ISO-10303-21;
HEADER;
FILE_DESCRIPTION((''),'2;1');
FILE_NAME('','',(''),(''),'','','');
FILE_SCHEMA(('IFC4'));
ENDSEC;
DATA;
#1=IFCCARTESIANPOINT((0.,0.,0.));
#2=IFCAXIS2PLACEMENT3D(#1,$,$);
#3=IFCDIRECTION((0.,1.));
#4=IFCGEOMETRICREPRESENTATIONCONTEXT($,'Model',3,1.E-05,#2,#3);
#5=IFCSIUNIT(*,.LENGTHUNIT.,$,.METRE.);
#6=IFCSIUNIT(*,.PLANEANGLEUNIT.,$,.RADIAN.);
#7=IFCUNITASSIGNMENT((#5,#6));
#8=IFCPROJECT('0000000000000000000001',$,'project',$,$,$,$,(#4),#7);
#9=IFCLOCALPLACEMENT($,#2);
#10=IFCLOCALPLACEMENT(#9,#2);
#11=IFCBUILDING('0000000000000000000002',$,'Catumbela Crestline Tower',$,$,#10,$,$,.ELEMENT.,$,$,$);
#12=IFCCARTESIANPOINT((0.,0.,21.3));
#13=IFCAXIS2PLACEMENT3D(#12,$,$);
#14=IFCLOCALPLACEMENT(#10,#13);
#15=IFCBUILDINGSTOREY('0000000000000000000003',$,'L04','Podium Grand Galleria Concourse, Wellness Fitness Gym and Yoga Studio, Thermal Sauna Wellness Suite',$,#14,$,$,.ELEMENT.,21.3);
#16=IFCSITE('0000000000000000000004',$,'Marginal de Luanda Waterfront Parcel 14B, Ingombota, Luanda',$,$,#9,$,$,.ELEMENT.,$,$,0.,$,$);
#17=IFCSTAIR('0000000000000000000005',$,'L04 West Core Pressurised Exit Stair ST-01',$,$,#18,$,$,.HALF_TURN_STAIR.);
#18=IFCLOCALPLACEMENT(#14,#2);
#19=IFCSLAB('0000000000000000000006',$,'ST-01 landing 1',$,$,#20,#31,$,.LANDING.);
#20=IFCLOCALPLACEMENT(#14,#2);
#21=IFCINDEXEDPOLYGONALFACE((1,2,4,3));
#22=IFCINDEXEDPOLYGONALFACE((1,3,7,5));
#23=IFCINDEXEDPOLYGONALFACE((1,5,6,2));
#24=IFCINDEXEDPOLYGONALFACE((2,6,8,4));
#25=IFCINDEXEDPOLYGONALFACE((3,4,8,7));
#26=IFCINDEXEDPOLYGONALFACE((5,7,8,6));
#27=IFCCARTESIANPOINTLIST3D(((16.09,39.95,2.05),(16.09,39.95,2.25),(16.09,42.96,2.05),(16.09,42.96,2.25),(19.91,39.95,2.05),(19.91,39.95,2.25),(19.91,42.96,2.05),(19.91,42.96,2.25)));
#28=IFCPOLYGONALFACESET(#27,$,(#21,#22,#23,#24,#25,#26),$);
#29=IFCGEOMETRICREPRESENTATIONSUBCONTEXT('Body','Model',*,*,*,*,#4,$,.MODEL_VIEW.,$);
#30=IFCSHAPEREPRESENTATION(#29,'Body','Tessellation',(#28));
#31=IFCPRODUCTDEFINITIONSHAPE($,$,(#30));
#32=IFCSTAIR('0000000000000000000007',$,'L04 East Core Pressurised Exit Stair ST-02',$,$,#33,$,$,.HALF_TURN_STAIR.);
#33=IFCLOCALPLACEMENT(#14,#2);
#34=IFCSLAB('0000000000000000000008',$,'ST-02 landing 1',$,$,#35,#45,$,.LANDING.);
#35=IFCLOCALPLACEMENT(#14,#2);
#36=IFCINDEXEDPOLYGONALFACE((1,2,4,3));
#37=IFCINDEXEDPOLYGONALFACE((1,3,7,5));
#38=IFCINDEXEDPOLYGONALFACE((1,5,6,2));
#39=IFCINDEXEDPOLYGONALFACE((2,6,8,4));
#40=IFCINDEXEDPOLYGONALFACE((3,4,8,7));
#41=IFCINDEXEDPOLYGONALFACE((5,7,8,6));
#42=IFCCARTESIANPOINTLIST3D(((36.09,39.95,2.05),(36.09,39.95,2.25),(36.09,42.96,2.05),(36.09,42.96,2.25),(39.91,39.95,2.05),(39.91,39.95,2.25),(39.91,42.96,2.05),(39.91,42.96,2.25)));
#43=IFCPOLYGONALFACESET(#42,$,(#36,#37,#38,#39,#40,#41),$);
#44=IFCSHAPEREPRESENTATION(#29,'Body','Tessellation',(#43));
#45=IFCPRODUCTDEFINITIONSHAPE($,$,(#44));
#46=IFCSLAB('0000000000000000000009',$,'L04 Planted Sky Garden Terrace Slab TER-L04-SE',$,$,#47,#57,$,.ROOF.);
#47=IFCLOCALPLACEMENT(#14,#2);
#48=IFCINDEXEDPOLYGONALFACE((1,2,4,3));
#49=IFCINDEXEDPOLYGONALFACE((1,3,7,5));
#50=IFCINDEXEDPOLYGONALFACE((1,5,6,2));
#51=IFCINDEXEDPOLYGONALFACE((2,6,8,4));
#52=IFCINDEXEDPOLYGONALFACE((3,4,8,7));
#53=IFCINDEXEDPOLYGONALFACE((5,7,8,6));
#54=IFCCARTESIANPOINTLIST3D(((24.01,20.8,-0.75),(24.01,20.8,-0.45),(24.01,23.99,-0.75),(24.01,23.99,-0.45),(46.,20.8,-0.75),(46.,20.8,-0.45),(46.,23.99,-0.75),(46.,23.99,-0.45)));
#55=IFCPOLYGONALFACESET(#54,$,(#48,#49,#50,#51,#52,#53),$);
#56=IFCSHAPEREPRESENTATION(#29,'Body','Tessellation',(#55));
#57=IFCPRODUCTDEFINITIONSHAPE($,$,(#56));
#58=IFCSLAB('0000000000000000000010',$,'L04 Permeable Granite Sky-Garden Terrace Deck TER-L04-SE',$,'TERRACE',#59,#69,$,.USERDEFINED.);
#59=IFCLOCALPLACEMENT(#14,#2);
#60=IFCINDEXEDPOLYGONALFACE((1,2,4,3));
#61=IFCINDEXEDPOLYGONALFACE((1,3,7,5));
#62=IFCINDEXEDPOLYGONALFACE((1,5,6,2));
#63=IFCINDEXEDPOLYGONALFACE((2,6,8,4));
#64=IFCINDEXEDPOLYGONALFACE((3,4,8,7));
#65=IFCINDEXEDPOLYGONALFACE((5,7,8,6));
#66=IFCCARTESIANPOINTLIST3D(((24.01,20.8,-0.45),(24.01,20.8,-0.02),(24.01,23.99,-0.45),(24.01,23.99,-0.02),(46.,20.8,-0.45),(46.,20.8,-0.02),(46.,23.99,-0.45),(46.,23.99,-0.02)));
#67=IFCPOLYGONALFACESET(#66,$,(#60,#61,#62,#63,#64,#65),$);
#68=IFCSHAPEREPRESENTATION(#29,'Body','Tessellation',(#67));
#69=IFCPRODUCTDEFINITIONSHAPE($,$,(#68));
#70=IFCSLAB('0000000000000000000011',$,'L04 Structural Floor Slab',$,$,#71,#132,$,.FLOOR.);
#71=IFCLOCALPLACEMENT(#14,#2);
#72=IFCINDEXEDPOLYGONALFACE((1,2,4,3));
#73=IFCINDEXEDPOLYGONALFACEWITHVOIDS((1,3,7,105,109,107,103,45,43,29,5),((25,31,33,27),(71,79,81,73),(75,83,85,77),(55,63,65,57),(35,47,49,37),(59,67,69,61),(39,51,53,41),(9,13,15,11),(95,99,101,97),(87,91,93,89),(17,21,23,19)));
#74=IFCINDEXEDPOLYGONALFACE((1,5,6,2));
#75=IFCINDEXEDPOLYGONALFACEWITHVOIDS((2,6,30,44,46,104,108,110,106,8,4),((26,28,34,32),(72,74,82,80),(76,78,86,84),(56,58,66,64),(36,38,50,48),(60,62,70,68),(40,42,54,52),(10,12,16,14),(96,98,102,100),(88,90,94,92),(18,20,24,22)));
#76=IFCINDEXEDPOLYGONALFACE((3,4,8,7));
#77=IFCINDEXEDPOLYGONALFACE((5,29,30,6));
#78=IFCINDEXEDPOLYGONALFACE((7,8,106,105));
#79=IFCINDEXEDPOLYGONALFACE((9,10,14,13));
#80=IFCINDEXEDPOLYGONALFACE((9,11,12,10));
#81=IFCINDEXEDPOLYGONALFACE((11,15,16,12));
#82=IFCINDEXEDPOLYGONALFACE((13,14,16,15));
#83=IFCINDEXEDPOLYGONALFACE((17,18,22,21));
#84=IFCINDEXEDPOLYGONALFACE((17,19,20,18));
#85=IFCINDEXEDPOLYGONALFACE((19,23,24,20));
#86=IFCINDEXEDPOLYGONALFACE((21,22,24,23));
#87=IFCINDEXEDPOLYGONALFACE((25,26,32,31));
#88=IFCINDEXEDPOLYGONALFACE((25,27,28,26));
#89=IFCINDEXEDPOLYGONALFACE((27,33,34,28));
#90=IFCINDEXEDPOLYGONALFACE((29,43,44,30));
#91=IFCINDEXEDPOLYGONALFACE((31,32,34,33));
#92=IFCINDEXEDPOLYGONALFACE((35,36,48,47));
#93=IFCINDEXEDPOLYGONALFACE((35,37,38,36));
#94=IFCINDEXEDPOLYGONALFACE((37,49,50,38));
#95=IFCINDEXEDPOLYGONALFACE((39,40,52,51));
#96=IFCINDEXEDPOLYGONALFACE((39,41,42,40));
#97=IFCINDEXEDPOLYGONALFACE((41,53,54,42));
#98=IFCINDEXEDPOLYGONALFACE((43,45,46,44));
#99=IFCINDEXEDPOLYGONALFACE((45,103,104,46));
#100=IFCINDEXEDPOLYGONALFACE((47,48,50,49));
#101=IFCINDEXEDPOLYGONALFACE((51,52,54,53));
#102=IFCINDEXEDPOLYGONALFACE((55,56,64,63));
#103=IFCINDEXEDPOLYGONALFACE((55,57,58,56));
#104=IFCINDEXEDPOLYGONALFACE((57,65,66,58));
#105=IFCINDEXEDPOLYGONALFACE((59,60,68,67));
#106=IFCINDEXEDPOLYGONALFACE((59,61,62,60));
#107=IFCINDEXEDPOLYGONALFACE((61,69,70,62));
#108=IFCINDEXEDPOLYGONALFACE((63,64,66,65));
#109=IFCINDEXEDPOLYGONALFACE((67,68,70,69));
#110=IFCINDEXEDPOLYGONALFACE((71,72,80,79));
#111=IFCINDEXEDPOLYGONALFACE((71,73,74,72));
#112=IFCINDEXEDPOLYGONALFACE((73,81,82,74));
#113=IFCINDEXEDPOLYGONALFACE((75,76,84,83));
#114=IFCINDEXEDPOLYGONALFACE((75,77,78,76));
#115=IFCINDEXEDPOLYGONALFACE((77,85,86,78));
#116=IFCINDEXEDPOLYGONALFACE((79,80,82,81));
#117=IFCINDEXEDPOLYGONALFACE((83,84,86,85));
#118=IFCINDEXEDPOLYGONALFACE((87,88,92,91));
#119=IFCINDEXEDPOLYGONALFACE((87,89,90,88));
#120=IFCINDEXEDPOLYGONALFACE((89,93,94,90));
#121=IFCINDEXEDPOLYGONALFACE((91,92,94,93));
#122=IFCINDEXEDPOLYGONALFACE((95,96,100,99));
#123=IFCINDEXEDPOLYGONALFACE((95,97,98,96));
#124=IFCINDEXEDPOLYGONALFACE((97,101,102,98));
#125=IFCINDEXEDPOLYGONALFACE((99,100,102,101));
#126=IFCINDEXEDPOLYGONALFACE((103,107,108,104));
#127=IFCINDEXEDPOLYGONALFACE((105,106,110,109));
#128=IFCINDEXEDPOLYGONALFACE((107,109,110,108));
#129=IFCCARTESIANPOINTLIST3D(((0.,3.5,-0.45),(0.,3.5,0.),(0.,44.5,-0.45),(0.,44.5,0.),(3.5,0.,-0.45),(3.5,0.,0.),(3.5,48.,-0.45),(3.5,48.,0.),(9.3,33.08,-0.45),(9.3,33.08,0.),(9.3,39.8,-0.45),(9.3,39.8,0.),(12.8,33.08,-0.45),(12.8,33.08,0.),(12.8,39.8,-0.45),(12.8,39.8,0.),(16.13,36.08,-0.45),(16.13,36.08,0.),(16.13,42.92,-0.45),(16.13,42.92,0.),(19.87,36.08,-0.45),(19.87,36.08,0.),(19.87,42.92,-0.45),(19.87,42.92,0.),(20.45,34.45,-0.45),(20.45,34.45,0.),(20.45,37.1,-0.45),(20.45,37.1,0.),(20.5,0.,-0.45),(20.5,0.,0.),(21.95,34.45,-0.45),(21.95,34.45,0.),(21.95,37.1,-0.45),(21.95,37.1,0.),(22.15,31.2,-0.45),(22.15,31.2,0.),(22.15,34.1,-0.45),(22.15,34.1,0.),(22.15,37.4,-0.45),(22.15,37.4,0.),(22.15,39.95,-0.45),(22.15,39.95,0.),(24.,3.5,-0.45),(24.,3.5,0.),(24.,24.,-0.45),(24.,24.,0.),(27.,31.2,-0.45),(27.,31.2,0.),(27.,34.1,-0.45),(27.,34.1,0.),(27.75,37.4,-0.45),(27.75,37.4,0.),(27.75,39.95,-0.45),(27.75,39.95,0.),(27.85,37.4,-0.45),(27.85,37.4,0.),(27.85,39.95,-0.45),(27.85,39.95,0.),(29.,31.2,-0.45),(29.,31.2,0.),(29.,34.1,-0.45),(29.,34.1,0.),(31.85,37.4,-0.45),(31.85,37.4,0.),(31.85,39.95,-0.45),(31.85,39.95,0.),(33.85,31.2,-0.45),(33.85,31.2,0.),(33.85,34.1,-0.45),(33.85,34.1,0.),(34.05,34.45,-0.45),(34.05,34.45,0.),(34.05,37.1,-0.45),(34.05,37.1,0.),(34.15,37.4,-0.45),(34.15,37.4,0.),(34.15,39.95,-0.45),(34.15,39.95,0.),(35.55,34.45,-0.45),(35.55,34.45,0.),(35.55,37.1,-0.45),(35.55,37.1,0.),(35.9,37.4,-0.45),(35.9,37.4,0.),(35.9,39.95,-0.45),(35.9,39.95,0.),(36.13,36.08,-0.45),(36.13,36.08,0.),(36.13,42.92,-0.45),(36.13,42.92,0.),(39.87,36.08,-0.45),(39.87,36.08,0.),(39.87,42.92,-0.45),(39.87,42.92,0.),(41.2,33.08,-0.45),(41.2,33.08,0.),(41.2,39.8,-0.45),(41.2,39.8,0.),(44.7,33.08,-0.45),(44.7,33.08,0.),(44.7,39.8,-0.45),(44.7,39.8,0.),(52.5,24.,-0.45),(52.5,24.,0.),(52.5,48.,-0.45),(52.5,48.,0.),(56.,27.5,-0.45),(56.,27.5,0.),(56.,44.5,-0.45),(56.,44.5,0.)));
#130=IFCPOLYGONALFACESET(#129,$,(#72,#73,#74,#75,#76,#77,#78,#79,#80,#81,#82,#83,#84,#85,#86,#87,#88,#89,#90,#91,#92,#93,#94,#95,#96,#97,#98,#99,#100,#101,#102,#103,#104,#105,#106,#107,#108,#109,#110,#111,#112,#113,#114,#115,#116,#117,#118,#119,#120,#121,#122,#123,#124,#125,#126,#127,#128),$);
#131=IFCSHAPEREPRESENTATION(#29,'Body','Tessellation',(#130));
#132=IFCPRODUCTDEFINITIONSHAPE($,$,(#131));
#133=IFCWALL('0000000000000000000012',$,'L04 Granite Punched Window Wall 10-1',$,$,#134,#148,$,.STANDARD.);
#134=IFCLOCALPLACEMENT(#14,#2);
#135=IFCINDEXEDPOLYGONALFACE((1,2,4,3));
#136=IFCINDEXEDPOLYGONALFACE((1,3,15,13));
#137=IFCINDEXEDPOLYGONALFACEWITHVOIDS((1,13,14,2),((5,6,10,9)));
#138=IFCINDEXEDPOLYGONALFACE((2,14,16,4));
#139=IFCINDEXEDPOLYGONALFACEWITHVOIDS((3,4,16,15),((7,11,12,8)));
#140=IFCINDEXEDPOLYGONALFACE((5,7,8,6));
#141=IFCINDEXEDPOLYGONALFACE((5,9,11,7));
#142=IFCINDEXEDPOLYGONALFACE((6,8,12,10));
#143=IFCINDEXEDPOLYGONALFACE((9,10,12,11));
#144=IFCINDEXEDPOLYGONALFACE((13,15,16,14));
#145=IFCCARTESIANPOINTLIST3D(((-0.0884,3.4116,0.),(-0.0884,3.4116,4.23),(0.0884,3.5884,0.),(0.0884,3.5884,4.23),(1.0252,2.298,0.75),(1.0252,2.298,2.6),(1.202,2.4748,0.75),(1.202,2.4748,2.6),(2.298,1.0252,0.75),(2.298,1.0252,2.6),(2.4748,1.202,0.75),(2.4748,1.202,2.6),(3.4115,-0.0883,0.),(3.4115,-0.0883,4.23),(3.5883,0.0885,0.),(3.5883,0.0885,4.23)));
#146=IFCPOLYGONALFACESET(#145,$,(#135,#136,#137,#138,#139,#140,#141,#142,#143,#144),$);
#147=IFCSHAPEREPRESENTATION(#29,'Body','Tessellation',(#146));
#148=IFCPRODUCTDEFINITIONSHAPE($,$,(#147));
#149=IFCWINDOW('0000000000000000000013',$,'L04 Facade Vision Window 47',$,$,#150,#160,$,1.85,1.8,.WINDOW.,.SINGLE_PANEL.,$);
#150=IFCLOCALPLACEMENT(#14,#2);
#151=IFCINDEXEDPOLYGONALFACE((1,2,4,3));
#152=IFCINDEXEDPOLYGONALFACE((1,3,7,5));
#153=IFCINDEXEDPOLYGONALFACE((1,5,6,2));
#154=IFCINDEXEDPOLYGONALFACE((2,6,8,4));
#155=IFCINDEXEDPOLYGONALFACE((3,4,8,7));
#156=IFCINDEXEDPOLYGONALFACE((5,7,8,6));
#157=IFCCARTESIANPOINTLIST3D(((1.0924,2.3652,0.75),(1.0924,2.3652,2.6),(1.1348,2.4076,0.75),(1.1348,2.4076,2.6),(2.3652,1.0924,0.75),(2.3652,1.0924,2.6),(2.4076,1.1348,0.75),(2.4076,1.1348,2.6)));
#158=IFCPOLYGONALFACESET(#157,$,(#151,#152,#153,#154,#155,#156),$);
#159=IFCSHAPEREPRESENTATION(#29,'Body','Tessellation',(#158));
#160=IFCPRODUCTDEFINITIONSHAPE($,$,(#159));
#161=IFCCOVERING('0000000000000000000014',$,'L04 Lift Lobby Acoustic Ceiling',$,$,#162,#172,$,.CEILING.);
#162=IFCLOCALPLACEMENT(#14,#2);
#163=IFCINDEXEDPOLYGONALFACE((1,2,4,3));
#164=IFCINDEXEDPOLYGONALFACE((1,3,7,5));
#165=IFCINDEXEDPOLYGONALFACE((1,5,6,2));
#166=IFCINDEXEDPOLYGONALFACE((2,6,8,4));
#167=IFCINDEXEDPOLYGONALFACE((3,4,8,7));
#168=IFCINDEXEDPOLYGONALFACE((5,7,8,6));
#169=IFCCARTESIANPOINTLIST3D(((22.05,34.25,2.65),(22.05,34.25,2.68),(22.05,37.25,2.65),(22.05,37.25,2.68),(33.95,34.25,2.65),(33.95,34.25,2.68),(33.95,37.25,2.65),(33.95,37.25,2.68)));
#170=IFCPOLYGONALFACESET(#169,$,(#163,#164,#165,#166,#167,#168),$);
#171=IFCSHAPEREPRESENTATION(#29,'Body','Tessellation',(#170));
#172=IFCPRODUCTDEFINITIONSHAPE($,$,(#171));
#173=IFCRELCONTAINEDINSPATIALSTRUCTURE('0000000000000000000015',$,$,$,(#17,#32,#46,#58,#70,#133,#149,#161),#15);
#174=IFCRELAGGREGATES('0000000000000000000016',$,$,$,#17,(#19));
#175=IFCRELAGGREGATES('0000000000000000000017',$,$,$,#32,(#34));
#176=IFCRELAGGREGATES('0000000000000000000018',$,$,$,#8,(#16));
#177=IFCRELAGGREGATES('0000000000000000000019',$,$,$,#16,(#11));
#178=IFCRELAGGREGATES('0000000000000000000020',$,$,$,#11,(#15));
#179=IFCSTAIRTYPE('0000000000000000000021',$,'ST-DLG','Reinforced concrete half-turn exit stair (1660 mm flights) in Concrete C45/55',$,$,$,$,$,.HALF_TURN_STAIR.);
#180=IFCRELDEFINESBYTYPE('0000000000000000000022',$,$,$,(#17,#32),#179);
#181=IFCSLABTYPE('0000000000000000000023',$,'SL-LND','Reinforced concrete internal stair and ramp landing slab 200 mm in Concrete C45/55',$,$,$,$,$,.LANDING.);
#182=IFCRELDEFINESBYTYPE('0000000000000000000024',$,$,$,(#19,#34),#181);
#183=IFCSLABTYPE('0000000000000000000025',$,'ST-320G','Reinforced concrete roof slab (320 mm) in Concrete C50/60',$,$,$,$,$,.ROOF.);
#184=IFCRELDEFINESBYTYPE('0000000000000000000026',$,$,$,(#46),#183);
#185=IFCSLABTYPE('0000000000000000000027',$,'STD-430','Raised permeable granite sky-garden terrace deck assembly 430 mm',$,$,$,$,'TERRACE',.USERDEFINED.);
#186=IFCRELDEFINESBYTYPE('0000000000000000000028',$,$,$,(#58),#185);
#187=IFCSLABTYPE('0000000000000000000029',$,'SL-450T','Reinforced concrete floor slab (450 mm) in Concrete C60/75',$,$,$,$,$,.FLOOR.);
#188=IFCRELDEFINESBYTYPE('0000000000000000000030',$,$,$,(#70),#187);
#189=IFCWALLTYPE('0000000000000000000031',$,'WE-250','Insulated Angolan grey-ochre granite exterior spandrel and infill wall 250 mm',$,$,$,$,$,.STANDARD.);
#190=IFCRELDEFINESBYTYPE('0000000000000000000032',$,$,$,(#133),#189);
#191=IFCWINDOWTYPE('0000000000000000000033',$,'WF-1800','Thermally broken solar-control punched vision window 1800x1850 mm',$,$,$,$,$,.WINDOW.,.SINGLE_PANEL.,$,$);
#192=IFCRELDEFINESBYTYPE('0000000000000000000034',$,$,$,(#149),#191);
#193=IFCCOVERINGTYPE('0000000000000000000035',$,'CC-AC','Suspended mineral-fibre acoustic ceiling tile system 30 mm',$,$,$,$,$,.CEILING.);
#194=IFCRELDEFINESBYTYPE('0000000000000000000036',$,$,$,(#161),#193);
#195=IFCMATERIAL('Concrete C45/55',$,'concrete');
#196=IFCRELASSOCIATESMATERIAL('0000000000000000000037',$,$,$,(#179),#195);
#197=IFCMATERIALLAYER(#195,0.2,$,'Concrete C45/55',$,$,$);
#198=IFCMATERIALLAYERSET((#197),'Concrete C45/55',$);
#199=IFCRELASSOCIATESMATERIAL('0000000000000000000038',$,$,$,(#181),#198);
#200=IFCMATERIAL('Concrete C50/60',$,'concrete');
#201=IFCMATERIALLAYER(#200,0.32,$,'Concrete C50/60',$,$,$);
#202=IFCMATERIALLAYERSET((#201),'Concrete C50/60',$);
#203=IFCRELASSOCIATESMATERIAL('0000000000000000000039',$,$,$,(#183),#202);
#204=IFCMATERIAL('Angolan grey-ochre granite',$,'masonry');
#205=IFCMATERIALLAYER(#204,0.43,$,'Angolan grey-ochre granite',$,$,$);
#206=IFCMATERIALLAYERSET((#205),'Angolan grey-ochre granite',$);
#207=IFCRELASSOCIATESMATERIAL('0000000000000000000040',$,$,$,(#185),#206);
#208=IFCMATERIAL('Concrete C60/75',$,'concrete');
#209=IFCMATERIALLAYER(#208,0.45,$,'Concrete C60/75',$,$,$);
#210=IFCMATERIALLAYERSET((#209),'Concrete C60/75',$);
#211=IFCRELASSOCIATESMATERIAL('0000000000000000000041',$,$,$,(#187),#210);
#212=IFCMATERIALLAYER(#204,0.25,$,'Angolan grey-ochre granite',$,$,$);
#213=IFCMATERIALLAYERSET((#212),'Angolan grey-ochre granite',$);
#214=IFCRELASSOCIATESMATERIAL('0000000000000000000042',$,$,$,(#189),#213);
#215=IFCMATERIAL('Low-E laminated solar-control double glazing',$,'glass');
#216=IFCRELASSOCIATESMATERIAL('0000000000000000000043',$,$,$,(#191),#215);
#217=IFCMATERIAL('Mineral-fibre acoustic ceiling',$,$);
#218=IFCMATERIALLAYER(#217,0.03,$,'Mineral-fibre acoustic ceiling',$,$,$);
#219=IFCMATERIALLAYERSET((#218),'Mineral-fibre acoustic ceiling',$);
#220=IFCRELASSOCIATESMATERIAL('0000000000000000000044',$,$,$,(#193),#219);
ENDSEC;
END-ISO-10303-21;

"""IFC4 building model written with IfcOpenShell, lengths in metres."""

from ifc_helpers import new_model, si_unit, direction, frame, frame_2d, origin, place, context, subcontext, project, spatial, polyline, rectangle, outline, extrude, material, layer, layer_set, type_object, element, fill, aggregate, save


model = new_model("IFC4")

# Units and contexts
model_context = context("Model", 3, precision=1e-05, world=origin(), true_north=direction((0.0, 1.0)))
body_context = subcontext(model_context, "Body", "Model", "MODEL_VIEW")
ifc_project = project(units=[si_unit("LENGTHUNIT", "METRE"), si_unit("PLANEANGLEUNIT", "RADIAN")], contexts=[model_context])

# Site, building, storey
site_placement = place(None, origin())
site = spatial("IfcSite", under=ifc_project, at=site_placement, Name="Marginal de Luanda Waterfront Parcel 14B, Ingombota, Luanda", CompositionType="ELEMENT", RefElevation=0.0)
building_placement = place(site_placement, origin())
building = spatial("IfcBuilding", under=site, at=building_placement, Name="Catumbela Crestline Tower", CompositionType="ELEMENT")
storey_placement = place(building_placement, frame((0.0, 0.0, 21.3)))
storey = spatial("IfcBuildingStorey", under=building, at=storey_placement, Name="L04", Description="Podium Grand Galleria Concourse, Wellness Fitness Gym and Yoga Studio, Thermal Sauna Wellness Suite", CompositionType="ELEMENT", Elevation=21.3)

# Stairs, slabs
ifc_material_1 = material(Name="Concrete C45/55", Category="concrete")
stair_type = type_object("IfcStairType", Name="ST-DLG", Description="Reinforced concrete half-turn exit stair (1660 mm flights) in Concrete C45/55", PredefinedType="HALF_TURN_STAIR", material=ifc_material_1)
stair_1_placement = place(storey_placement, origin())
stair_1 = element("IfcStair", 1, at=stair_1_placement, inside=storey, type_object=stair_type, Name="L04 West Core Pressurised Exit Stair ST-01", PredefinedType="HALF_TURN_STAIR")
ifc_layer_1 = layer(ifc_material_1, 0.2, Name="Concrete C45/55")
ifc_layer_set_1 = layer_set([ifc_layer_1], Name="Concrete C45/55")
slab_type_1 = type_object("IfcSlabType", Name="SL-LND", Description="Reinforced concrete internal stair and ramp landing slab 200 mm in Concrete C45/55", PredefinedType="LANDING", material=ifc_layer_set_1)
slab_1_placement = place(storey_placement, frame((0.0, 0.0, 2.05)))
slab_1 = element("IfcSlab", 2, at=slab_1_placement, type_object=slab_type_1, Name="ST-01 landing 1", PredefinedType="LANDING", context=body_context, shape_type="SweptSolid", body=[
    extrude(outline(polyline([(19.91, 39.95), (19.91, 42.96), (16.09, 42.96), (16.09, 39.95), (19.91, 39.95)])), origin(), (0.0, 0.0, 1.0), 0.2),
])
aggregate(stair_1, [slab_1])
stair_2_placement = place(storey_placement, origin())
stair_2 = element("IfcStair", 3, at=stair_2_placement, inside=storey, type_object=stair_type, Name="L04 East Core Pressurised Exit Stair ST-02", PredefinedType="HALF_TURN_STAIR")
slab_2_placement = place(storey_placement, frame((0.0, 0.0, 2.05)))
slab_2 = element("IfcSlab", 4, at=slab_2_placement, type_object=slab_type_1, Name="ST-02 landing 1", PredefinedType="LANDING", context=body_context, shape_type="SweptSolid", body=[
    extrude(outline(polyline([(39.91, 39.95), (39.91, 42.96), (36.09, 42.96), (36.09, 39.95), (39.91, 39.95)])), origin(), (0.0, 0.0, 1.0), 0.2),
])
aggregate(stair_2, [slab_2])

# Slabs
ifc_material_2 = material(Name="Concrete C50/60", Category="concrete")
ifc_layer_2 = layer(ifc_material_2, 0.32, Name="Concrete C50/60")
ifc_layer_set_2 = layer_set([ifc_layer_2], Name="Concrete C50/60")
slab_type_2 = type_object("IfcSlabType", Name="ST-320G", Description="Reinforced concrete roof slab (320 mm) in Concrete C50/60", PredefinedType="ROOF", material=ifc_layer_set_2)
slab_3_placement = place(storey_placement, frame((0.0, 0.0, -0.75)))
element("IfcSlab", 5, at=slab_3_placement, inside=storey, type_object=slab_type_2, Name="L04 Planted Sky Garden Terrace Slab TER-L04-SE", PredefinedType="ROOF", context=body_context, shape_type="SweptSolid", body=[
    extrude(outline(polyline([(24.01, 20.8), (46.0, 20.8), (46.0, 23.99), (24.01, 23.99), (24.01, 20.8)])), origin(), (0.0, 0.0, 1.0), 0.3),
])
ifc_material_3 = material(Name="Angolan grey-ochre granite", Category="masonry")
ifc_layer_3 = layer(ifc_material_3, 0.43, Name="Angolan grey-ochre granite")
ifc_layer_set_3 = layer_set([ifc_layer_3], Name="Angolan grey-ochre granite")
slab_type_3 = type_object("IfcSlabType", Name="STD-430", Description="Raised permeable granite sky-garden terrace deck assembly 430 mm", ElementType="TERRACE", PredefinedType="USERDEFINED", material=ifc_layer_set_3)
slab_4_placement = place(storey_placement, frame((0.0, 0.0, -0.45)))
element("IfcSlab", 6, at=slab_4_placement, inside=storey, type_object=slab_type_3, Name="L04 Permeable Granite Sky-Garden Terrace Deck TER-L04-SE", ObjectType="TERRACE", PredefinedType="USERDEFINED", context=body_context, shape_type="SweptSolid", body=[
    extrude(outline(polyline([(24.01, 20.8), (46.0, 20.8), (46.0, 23.99), (24.01, 23.99), (24.01, 20.8)])), origin(), (0.0, 0.0, 1.0), 0.43),
])
ifc_material_4 = material(Name="Concrete C60/75", Category="concrete")
ifc_layer_4 = layer(ifc_material_4, 0.45, Name="Concrete C60/75")
ifc_layer_set_4 = layer_set([ifc_layer_4], Name="Concrete C60/75")
slab_type_4 = type_object("IfcSlabType", Name="SL-450T", Description="Reinforced concrete floor slab (450 mm) in Concrete C60/75", PredefinedType="FLOOR", material=ifc_layer_set_4)
slab_5_placement = place(storey_placement, frame((0.0, 0.0, -0.45)))
element("IfcSlab", 7, at=slab_5_placement, inside=storey, type_object=slab_type_4, Name="L04 Structural Floor Slab", PredefinedType="FLOOR", context=body_context, shape_type="SweptSolid", body=[
    extrude(outline(polyline([(3.5, 0.0), (20.5, 0.0), (24.0, 3.5), (24.0, 24.0), (52.5, 24.0), (56.0, 27.5), (56.0, 44.5), (52.5, 48.0), (3.5, 48.0), (0.0, 44.5), (0.0, 3.5), (3.5, 0.0)]), holes=[polyline([(16.13, 36.08), (19.87, 36.08), (19.87, 42.92), (16.13, 42.92), (16.13, 36.08)]), polyline([(36.13, 36.08), (39.87, 36.08), (39.87, 42.92), (36.13, 42.92), (36.13, 36.08)]), polyline([(12.8, 33.08), (12.8, 39.8), (9.3, 39.8), (9.3, 33.08), (12.8, 33.08)]), polyline([(44.7, 33.08), (44.7, 39.8), (41.2, 39.8), (41.2, 33.08), (44.7, 33.08)]), polyline([(22.15, 31.2), (27.0, 31.2), (27.0, 34.1), (22.15, 34.1), (22.15, 31.2)]), polyline([(29.0, 31.2), (33.85, 31.2), (33.85, 34.1), (29.0, 34.1), (29.0, 31.2)]), polyline([(22.15, 37.4), (27.75, 37.4), (27.75, 39.95), (22.15, 39.95), (22.15, 37.4)]), polyline([(27.85, 37.4), (31.85, 37.4), (31.85, 39.95), (27.85, 39.95), (27.85, 37.4)]), polyline([(20.45, 34.45), (21.95, 34.45), (21.95, 37.1), (20.45, 37.1), (20.45, 34.45)]), polyline([(34.05, 34.45), (35.55, 34.45), (35.55, 37.1), (34.05, 37.1), (34.05, 34.45)]), polyline([(34.15, 37.4), (35.9, 37.4), (35.9, 39.95), (34.15, 39.95), (34.15, 37.4)])]), origin(), (0.0, 0.0, 1.0), 0.45),
])

# Wall, opening, window
ifc_layer_5 = layer(ifc_material_3, 0.25, Name="Angolan grey-ochre granite")
ifc_layer_set_5 = layer_set([ifc_layer_5], Name="Angolan grey-ochre granite")
wall_type = type_object("IfcWallType", Name="WE-250", Description="Insulated Angolan grey-ochre granite exterior spandrel and infill wall 250 mm", PredefinedType="STANDARD", material=ifc_layer_set_5)
wall_placement = place(storey_placement, frame((0.0, 3.5, 0.0), z_axis=(0.0, 0.0, 1.0), x_axis=(0.707107, -0.707107, 0.0)))
wall = element("IfcWall", 8, at=wall_placement, inside=storey, type_object=wall_type, Name="L04 Granite Punched Window Wall 10-1", PredefinedType="STANDARD", context=body_context, shape_type="SweptSolid", body=[
    extrude(rectangle(XDim=4.9497, YDim=0.25, at=frame_2d((2.4748, 0.0))), origin(), (0.0, 0.0, 1.0), 4.23),
])
opening_placement = place(wall_placement, frame((1.5749, 0.0, 0.75)))
opening = element("IfcOpeningElement", 9, at=opening_placement, cuts=wall, PredefinedType="OPENING", context=body_context, shape_type="SweptSolid", body=[
    extrude(rectangle(XDim=1.8, YDim=1.85, at=frame_2d((0.9, 0.925))), frame((0.0, 0.135, 0.0), z_axis=(0.0, -1.0, 0.0), x_axis=(1.0, 0.0, 0.0)), (0.0, 0.0, 1.0), 0.27),
])
ifc_material_5 = material(Name="Low-E laminated solar-control double glazing", Category="glass")
window_type = type_object("IfcWindowType", Name="WF-1800", Description="Thermally broken solar-control punched vision window 1800x1850 mm", PartitioningType="SINGLE_PANEL", PredefinedType="WINDOW", material=ifc_material_5)
window_placement = place(opening_placement, origin())
window = element("IfcWindow", 10, at=window_placement, inside=storey, type_object=window_type, Name="L04 Facade Vision Window 47", OverallHeight=1.85, OverallWidth=1.8, PartitioningType="SINGLE_PANEL", PredefinedType="WINDOW", context=body_context, shape_type="SweptSolid", body=[
    extrude(rectangle(XDim=1.8, YDim=1.85, at=frame_2d((0.9, 0.925))), frame((0.0, 0.03, 0.0), z_axis=(0.0, -1.0, 0.0), x_axis=(1.0, 0.0, 0.0)), (0.0, 0.0, 1.0), 0.06),
])
fill(opening, window)

# Covering
ifc_material_6 = material(Name="Mineral-fibre acoustic ceiling")
ifc_layer_6 = layer(ifc_material_6, 0.03, Name="Mineral-fibre acoustic ceiling")
ifc_layer_set_6 = layer_set([ifc_layer_6], Name="Mineral-fibre acoustic ceiling")
covering_type_1 = type_object("IfcCoveringType", Name="CC-AC", Description="Suspended mineral-fibre acoustic ceiling tile system 30 mm", PredefinedType="CEILING", material=ifc_layer_set_6)
covering_1_placement = place(storey_placement, frame((0.0, 0.0, 2.65)))
element("IfcCovering", 11, at=covering_1_placement, inside=storey, type_object=covering_type_1, Name="L04 Lift Lobby Acoustic Ceiling", PredefinedType="CEILING", context=body_context, shape_type="SweptSolid", body=[
    extrude(outline(polyline([(22.05, 34.25), (33.95, 34.25), (33.95, 37.25), (22.05, 37.25), (22.05, 34.25)])), origin(), (0.0, 0.0, 1.0), 0.03),
])

save(model, "model.ifc")
